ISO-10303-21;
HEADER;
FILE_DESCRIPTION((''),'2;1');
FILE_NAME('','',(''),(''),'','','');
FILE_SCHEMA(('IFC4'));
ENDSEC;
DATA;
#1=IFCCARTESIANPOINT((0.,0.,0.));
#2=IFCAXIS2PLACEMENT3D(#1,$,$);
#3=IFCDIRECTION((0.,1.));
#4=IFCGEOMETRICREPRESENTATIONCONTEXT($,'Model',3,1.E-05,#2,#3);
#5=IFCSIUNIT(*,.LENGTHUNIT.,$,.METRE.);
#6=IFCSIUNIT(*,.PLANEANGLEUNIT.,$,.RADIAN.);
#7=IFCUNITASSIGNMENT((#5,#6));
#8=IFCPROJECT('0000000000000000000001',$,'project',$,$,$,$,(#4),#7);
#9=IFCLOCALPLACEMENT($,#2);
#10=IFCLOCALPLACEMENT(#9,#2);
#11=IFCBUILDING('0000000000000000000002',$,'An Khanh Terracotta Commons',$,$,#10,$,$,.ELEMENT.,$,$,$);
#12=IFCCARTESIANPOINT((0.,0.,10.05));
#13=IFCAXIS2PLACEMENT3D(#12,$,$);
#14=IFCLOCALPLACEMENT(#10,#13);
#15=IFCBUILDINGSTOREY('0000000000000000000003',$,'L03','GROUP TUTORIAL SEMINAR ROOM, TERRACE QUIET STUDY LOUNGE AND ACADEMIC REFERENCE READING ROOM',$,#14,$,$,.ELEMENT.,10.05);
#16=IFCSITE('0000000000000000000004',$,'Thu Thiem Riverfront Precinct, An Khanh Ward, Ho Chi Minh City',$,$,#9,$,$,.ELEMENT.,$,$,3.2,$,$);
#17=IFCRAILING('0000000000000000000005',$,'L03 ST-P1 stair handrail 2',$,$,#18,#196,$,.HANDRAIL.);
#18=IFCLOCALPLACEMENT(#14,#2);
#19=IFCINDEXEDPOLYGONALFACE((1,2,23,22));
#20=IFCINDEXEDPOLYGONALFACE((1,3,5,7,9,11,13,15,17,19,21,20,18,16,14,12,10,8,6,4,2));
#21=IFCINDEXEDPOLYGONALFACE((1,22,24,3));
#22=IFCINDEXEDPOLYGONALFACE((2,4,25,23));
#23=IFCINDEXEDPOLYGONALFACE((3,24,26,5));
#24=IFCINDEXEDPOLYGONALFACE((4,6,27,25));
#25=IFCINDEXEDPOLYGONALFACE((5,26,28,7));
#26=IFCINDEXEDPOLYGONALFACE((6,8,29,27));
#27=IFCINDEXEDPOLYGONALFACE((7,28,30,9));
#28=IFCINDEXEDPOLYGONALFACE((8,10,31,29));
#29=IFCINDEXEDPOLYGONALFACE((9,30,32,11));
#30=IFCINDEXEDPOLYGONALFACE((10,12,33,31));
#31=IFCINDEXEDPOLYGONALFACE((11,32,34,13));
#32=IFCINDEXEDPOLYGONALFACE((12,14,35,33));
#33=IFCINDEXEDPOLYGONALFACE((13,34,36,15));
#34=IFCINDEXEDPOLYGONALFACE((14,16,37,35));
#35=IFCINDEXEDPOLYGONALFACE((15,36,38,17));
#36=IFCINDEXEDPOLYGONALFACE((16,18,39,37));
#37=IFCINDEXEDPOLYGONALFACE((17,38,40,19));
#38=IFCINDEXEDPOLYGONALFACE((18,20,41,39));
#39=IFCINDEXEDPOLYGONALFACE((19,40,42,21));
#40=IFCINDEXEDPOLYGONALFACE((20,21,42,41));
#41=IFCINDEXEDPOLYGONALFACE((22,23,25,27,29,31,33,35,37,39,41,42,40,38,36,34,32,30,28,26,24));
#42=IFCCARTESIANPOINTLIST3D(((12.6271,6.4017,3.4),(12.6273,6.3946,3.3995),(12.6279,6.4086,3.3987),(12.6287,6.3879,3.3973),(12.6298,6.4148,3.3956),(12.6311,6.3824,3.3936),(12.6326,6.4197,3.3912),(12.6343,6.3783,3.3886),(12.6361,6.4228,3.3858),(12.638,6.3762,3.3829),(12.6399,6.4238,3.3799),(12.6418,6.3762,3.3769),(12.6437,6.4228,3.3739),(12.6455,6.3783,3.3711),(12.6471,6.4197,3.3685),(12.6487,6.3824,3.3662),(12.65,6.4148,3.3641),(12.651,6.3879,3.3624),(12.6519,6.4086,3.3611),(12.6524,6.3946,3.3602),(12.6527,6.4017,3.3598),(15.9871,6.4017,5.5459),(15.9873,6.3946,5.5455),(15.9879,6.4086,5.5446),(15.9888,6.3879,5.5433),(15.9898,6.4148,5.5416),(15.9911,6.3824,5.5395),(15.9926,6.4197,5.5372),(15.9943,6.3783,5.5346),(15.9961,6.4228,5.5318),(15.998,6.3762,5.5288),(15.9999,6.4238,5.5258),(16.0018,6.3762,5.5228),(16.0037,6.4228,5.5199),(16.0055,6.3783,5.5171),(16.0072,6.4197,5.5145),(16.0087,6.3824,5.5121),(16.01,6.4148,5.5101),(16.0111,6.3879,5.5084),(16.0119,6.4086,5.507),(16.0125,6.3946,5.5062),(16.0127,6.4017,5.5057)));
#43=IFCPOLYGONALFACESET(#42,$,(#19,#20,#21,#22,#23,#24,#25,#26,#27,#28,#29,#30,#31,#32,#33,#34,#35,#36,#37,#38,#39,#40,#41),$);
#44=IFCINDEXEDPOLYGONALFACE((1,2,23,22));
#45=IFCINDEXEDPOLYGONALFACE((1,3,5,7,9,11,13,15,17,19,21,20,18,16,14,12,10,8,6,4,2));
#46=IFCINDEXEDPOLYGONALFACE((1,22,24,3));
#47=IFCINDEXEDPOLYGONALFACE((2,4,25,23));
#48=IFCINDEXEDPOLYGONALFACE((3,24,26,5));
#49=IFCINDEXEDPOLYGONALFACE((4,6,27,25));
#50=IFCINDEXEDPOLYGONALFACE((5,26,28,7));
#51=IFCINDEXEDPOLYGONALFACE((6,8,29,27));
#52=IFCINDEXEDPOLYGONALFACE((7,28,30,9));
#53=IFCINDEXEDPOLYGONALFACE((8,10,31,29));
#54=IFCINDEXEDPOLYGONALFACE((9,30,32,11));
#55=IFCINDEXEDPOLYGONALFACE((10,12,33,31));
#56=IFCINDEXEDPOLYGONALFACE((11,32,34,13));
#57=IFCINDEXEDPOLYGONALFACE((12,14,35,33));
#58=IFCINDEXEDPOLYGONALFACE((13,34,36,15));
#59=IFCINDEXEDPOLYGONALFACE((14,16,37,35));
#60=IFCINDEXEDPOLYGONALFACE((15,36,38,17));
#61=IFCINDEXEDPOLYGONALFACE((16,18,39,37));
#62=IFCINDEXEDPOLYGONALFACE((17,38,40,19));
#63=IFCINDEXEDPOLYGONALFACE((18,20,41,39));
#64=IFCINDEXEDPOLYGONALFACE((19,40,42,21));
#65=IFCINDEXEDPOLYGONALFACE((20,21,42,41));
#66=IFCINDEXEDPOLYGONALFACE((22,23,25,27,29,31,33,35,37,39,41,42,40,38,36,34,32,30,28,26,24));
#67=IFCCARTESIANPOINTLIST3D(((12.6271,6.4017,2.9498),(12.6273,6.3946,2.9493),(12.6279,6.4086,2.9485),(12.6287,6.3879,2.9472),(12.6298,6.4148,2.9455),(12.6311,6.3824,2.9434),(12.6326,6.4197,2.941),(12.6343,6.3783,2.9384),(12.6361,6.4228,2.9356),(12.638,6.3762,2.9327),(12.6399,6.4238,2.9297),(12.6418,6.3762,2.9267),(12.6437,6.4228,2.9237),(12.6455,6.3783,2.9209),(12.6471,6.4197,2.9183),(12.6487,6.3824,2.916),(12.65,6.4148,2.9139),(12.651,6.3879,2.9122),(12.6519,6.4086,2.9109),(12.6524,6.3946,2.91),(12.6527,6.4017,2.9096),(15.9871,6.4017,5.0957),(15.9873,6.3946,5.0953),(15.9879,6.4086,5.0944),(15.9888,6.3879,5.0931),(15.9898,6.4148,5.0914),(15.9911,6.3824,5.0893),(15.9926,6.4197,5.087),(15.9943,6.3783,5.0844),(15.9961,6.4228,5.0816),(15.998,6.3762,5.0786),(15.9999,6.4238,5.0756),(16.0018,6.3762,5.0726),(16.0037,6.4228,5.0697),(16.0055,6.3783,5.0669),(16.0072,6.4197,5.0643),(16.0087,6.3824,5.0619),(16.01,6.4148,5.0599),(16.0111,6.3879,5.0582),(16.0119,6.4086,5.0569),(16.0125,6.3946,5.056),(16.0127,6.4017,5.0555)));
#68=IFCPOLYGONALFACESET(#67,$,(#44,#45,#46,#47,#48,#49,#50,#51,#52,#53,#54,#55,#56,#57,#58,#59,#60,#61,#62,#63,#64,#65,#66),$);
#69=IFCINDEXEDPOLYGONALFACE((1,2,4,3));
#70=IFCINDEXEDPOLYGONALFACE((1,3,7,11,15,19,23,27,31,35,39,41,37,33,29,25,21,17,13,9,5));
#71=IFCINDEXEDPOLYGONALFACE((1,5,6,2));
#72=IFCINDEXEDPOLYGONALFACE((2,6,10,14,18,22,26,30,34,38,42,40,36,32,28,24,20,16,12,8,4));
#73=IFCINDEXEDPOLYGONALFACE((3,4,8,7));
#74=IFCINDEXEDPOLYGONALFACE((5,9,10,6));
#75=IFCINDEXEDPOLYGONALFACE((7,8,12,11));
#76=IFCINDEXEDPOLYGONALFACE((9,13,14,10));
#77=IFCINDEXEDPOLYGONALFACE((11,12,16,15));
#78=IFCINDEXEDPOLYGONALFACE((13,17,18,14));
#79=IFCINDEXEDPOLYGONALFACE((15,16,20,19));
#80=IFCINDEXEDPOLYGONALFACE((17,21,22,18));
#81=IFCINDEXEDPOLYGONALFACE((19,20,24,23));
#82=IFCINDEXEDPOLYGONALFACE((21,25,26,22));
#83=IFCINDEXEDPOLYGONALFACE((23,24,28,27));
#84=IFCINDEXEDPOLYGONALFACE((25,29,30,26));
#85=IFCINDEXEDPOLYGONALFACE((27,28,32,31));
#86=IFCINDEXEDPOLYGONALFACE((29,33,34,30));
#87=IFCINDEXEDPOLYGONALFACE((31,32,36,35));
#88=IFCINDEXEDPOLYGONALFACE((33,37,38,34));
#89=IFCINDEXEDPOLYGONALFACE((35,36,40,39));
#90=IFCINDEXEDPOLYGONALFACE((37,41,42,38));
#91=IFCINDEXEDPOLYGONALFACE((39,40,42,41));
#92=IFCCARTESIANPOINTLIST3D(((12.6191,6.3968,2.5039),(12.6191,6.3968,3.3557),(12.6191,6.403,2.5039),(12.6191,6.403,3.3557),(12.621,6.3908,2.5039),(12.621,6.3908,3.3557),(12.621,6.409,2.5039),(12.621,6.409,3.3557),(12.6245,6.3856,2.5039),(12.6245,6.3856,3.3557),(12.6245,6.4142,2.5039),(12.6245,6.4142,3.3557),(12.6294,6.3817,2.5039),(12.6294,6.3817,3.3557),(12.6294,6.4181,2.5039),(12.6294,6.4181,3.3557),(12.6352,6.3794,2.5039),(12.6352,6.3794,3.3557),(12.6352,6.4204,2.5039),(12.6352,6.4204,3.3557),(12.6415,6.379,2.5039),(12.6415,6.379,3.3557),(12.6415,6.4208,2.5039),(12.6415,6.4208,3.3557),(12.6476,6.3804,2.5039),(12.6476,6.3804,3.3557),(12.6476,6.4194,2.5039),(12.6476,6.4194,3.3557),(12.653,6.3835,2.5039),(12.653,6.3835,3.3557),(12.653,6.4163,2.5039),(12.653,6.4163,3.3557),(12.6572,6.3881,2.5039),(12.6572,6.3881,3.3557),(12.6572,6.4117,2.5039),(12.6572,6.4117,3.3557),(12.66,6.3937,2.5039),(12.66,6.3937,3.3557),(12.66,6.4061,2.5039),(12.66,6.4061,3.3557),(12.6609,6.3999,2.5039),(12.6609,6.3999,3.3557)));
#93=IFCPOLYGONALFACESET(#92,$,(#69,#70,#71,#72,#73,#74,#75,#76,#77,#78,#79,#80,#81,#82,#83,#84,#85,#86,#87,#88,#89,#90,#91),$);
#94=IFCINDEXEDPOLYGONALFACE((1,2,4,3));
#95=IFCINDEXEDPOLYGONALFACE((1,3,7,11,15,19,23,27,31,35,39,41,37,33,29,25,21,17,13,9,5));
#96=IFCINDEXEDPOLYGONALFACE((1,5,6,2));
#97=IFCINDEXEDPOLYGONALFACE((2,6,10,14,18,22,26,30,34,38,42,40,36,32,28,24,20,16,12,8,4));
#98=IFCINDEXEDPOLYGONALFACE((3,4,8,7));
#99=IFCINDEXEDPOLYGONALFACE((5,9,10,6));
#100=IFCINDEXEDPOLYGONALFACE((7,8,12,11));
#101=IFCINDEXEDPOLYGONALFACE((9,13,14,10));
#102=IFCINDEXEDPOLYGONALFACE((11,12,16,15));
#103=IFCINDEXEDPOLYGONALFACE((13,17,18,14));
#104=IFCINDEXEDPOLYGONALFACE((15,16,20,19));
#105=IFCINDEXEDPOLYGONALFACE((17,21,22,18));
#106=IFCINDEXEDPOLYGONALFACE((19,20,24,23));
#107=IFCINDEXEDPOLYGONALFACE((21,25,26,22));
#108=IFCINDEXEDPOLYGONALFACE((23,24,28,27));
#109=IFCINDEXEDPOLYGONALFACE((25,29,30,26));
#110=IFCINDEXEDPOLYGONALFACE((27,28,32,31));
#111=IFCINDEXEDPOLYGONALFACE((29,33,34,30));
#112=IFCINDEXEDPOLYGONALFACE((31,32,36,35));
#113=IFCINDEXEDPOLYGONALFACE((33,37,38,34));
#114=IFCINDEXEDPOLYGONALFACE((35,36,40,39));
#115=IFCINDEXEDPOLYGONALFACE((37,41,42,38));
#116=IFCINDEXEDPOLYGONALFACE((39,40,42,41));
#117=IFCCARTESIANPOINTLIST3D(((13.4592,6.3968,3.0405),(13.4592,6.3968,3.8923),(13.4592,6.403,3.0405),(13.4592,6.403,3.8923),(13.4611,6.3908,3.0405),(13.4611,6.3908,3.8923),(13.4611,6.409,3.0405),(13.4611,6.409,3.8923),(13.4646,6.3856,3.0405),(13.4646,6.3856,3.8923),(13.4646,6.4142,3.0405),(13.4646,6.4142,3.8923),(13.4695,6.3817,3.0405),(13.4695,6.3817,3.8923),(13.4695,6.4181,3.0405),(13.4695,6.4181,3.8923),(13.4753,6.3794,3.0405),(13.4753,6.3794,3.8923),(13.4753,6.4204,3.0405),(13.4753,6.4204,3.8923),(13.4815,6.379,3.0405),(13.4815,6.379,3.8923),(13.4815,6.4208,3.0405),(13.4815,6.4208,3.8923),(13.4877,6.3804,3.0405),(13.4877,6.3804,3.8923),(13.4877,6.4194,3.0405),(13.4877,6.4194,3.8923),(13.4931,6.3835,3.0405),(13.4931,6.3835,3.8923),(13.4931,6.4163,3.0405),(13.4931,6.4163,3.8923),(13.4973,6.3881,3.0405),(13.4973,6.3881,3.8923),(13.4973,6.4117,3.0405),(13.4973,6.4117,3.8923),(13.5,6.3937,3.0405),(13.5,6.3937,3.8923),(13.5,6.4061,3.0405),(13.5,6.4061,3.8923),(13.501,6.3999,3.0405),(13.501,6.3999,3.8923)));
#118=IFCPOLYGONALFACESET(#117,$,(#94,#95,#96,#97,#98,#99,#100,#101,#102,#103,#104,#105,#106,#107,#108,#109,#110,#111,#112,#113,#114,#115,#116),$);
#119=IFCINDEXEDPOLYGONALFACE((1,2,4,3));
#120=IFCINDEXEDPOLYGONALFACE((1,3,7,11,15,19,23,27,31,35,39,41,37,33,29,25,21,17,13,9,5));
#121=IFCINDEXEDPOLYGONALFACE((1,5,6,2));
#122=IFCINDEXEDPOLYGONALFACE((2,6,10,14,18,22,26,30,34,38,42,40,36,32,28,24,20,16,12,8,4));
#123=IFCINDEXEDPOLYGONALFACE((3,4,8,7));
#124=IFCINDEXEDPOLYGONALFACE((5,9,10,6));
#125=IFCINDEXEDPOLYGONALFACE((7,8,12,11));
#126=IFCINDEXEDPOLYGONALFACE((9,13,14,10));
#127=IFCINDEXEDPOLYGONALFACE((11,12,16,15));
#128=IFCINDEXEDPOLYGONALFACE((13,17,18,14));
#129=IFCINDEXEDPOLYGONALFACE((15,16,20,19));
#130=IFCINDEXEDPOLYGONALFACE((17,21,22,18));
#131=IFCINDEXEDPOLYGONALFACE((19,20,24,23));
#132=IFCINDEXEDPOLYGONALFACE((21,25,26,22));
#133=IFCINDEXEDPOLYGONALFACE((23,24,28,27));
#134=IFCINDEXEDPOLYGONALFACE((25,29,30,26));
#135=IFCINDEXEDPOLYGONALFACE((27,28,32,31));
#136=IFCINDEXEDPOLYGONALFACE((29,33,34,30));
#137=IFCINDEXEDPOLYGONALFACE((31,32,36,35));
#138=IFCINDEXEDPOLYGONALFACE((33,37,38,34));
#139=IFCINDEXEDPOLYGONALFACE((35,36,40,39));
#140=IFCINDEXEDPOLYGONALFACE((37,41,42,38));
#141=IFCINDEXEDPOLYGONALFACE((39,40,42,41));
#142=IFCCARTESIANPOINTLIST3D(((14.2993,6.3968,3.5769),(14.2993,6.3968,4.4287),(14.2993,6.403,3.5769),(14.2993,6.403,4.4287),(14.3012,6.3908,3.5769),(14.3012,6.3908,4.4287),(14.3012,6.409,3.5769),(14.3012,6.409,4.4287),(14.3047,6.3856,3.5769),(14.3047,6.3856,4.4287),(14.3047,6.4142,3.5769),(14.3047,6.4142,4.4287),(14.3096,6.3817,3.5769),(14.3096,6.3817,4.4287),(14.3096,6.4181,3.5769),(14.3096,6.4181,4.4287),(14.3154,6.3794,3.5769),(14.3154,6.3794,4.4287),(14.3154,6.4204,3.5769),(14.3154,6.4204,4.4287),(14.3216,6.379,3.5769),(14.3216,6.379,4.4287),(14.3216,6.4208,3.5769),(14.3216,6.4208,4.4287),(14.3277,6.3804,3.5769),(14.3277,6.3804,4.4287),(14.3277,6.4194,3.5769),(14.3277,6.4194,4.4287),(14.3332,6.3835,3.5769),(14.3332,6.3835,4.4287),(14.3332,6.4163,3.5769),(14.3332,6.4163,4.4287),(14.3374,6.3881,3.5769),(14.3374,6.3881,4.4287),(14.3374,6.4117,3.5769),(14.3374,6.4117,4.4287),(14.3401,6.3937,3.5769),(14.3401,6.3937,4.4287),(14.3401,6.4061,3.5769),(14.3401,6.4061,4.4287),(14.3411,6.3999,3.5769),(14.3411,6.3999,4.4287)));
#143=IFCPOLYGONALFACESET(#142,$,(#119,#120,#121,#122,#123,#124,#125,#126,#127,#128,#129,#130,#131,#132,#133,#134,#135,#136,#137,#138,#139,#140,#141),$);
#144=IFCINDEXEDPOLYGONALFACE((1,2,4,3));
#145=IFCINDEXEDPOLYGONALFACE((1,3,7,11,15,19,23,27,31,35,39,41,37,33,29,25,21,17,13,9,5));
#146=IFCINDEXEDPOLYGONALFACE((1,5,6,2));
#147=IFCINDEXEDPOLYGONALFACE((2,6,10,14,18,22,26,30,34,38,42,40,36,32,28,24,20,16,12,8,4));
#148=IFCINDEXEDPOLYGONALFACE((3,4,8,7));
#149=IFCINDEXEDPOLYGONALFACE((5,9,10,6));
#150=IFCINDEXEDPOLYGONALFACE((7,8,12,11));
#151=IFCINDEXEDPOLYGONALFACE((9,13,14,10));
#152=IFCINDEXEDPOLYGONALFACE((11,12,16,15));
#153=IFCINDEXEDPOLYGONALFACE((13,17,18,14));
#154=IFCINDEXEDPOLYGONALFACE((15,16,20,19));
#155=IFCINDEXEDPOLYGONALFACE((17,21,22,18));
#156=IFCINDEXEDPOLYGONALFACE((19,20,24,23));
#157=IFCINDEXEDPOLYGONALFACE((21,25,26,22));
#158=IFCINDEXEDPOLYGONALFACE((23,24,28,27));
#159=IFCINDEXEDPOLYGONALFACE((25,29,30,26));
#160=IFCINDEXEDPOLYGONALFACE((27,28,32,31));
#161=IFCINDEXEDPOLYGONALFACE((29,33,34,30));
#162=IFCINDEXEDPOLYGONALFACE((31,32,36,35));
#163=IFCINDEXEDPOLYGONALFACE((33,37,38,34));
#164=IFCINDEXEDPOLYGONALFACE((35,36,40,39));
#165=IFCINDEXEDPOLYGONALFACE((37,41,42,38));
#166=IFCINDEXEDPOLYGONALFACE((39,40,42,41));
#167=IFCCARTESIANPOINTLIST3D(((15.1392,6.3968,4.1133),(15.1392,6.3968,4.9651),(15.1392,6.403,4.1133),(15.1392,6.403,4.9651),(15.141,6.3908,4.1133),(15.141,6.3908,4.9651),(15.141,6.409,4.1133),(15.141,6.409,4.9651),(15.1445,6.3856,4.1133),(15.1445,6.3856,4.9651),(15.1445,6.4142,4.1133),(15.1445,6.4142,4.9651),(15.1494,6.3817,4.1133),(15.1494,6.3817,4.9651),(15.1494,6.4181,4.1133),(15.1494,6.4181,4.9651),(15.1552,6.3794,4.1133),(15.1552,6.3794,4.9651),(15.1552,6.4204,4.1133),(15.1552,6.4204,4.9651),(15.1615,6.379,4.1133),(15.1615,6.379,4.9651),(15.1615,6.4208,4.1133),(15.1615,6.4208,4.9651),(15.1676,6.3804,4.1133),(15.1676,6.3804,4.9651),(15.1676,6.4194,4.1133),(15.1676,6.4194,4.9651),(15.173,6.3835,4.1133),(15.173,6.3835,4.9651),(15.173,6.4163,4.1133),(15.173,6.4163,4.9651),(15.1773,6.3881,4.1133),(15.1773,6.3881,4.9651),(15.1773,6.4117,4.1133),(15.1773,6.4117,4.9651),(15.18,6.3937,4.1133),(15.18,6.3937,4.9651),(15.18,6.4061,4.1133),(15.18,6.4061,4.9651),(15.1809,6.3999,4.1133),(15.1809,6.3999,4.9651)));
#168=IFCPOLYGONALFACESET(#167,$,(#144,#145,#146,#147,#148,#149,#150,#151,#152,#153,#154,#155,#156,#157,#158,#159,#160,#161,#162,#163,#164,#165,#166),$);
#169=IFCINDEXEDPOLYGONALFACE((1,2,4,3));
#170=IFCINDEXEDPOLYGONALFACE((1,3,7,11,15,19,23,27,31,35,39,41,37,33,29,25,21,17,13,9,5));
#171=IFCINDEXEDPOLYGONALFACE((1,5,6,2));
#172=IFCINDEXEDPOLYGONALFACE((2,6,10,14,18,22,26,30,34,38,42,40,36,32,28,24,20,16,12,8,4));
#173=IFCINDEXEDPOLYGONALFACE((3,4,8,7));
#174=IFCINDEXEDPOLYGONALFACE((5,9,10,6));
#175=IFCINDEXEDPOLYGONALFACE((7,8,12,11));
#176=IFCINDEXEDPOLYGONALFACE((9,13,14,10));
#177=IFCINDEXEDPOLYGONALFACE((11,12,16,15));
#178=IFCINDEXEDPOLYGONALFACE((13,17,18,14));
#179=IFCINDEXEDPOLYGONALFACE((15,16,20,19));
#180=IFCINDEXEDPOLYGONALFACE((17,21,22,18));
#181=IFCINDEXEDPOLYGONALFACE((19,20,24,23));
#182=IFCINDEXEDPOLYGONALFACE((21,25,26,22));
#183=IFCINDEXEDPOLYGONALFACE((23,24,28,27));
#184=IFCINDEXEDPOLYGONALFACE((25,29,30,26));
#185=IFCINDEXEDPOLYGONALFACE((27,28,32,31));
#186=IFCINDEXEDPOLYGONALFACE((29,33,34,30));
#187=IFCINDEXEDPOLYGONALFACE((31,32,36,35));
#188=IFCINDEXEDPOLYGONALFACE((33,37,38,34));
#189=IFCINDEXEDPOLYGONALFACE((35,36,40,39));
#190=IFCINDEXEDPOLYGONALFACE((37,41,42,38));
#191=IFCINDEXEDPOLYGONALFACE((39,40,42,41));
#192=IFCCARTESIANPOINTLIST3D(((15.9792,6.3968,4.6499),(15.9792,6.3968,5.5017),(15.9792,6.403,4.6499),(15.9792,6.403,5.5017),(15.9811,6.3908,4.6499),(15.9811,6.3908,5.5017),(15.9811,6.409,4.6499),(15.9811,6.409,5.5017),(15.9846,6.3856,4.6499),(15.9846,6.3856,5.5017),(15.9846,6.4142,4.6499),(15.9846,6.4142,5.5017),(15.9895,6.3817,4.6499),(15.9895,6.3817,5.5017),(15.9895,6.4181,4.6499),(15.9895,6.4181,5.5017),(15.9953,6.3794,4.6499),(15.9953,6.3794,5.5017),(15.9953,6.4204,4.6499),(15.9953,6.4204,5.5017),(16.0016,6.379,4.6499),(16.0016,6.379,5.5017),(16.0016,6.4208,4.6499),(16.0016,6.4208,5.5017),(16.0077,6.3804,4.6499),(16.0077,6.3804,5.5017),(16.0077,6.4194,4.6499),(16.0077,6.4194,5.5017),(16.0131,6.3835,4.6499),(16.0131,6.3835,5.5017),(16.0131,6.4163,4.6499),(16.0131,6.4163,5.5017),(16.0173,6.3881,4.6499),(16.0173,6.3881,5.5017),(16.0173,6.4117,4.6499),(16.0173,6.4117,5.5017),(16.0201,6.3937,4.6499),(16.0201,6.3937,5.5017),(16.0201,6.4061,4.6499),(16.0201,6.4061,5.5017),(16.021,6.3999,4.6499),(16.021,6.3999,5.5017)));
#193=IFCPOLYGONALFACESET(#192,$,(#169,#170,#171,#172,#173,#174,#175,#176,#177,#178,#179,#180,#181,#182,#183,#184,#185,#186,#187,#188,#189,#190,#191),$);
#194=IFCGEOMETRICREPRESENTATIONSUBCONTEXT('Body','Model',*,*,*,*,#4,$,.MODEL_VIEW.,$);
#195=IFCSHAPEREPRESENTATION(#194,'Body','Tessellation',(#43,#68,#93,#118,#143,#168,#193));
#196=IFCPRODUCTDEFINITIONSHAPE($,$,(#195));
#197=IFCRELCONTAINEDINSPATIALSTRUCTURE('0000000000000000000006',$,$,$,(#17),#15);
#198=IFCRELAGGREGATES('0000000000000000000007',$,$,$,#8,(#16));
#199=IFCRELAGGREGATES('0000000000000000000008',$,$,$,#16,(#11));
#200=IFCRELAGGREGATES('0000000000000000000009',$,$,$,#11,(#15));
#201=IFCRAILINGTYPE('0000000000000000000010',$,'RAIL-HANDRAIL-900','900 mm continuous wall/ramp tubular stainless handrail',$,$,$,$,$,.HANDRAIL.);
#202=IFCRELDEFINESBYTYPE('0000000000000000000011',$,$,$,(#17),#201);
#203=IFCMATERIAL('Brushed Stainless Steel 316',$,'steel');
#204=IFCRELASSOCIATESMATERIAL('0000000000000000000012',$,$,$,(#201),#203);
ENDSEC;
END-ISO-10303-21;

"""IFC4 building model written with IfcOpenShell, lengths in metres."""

from ifc_helpers import new_model, si_unit, direction, frame, origin, origin_2d, place, context, subcontext, project, spatial, circle, extrude, material, type_object, element, save


model = new_model("IFC4")

# Units and contexts
model_context = context("Model", 3, precision=1e-05, world=origin(), true_north=direction((0.0, 1.0)))
body_context = subcontext(model_context, "Body", "Model", "MODEL_VIEW")
ifc_project = project(units=[si_unit("LENGTHUNIT", "METRE"), si_unit("PLANEANGLEUNIT", "RADIAN")], contexts=[model_context])

# Site, building, storey
site_placement = place(None, origin())
site = spatial("IfcSite", under=ifc_project, at=site_placement, Name="Thu Thiem Riverfront Precinct, An Khanh Ward, Ho Chi Minh City", CompositionType="ELEMENT", RefElevation=3.2)
building_placement = place(site_placement, origin())
building = spatial("IfcBuilding", under=site, at=building_placement, Name="An Khanh Terracotta Commons", CompositionType="ELEMENT")
storey_placement = place(building_placement, frame((0.0, 0.0, 10.05)))
storey = spatial("IfcBuildingStorey", under=building, at=storey_placement, Name="L03", Description="GROUP TUTORIAL SEMINAR ROOM, TERRACE QUIET STUDY LOUNGE AND ACADEMIC REFERENCE READING ROOM", CompositionType="ELEMENT", Elevation=10.05)

# Railing
ifc_material_1 = material(Name="Brushed Stainless Steel 316", Category="steel")
railing_type_1 = type_object("IfcRailingType", Name="RAIL-HANDRAIL-900", Description="900 mm continuous wall/ramp tubular stainless handrail", PredefinedType="HANDRAIL", material=ifc_material_1)
railing_1_placement = place(storey_placement, frame((12.6399, 6.3999, 2.5039)))
element("IfcRailing", 1, at=railing_1_placement, inside=storey, type_object=railing_type_1, Name="L03 ST-P1 stair handrail 2", PredefinedType="HANDRAIL", context=body_context, shape_type="SweptSolid", body=[
    extrude(circle(Radius=0.0239, at=origin_2d()), frame((0.0, 0.0, 0.876), z_axis=(0.84278, 0.0, 0.538258), x_axis=(0.0, 1.0, 0.0)), (0.0, 0.0, 1.0), 3.9868),
    extrude(circle(Radius=0.0239, at=origin_2d()), frame((0.0, 0.0, 0.4258), z_axis=(0.84278, 0.0, 0.538258), x_axis=(0.0, 1.0, 0.0)), (0.0, 0.0, 1.0), 3.9868),
    extrude(circle(Radius=0.021, at=origin_2d()), origin(), (0.0, 0.0, 1.0), 0.8518),
    extrude(circle(Radius=0.021, at=origin_2d()), frame((0.8401, 0.0, 0.5366)), (0.0, 0.0, 1.0), 0.8518),
    extrude(circle(Radius=0.021, at=origin_2d()), frame((1.6802, 0.0, 1.073)), (0.0, 0.0, 1.0), 0.8518),
    extrude(circle(Radius=0.021, at=origin_2d()), frame((2.52, 0.0, 1.6094)), (0.0, 0.0, 1.0), 0.8518),
    extrude(circle(Radius=0.021, at=origin_2d()), frame((3.3601, 0.0, 2.146)), (0.0, 0.0, 1.0), 0.8518),
])

save(model, "model.ifc")
